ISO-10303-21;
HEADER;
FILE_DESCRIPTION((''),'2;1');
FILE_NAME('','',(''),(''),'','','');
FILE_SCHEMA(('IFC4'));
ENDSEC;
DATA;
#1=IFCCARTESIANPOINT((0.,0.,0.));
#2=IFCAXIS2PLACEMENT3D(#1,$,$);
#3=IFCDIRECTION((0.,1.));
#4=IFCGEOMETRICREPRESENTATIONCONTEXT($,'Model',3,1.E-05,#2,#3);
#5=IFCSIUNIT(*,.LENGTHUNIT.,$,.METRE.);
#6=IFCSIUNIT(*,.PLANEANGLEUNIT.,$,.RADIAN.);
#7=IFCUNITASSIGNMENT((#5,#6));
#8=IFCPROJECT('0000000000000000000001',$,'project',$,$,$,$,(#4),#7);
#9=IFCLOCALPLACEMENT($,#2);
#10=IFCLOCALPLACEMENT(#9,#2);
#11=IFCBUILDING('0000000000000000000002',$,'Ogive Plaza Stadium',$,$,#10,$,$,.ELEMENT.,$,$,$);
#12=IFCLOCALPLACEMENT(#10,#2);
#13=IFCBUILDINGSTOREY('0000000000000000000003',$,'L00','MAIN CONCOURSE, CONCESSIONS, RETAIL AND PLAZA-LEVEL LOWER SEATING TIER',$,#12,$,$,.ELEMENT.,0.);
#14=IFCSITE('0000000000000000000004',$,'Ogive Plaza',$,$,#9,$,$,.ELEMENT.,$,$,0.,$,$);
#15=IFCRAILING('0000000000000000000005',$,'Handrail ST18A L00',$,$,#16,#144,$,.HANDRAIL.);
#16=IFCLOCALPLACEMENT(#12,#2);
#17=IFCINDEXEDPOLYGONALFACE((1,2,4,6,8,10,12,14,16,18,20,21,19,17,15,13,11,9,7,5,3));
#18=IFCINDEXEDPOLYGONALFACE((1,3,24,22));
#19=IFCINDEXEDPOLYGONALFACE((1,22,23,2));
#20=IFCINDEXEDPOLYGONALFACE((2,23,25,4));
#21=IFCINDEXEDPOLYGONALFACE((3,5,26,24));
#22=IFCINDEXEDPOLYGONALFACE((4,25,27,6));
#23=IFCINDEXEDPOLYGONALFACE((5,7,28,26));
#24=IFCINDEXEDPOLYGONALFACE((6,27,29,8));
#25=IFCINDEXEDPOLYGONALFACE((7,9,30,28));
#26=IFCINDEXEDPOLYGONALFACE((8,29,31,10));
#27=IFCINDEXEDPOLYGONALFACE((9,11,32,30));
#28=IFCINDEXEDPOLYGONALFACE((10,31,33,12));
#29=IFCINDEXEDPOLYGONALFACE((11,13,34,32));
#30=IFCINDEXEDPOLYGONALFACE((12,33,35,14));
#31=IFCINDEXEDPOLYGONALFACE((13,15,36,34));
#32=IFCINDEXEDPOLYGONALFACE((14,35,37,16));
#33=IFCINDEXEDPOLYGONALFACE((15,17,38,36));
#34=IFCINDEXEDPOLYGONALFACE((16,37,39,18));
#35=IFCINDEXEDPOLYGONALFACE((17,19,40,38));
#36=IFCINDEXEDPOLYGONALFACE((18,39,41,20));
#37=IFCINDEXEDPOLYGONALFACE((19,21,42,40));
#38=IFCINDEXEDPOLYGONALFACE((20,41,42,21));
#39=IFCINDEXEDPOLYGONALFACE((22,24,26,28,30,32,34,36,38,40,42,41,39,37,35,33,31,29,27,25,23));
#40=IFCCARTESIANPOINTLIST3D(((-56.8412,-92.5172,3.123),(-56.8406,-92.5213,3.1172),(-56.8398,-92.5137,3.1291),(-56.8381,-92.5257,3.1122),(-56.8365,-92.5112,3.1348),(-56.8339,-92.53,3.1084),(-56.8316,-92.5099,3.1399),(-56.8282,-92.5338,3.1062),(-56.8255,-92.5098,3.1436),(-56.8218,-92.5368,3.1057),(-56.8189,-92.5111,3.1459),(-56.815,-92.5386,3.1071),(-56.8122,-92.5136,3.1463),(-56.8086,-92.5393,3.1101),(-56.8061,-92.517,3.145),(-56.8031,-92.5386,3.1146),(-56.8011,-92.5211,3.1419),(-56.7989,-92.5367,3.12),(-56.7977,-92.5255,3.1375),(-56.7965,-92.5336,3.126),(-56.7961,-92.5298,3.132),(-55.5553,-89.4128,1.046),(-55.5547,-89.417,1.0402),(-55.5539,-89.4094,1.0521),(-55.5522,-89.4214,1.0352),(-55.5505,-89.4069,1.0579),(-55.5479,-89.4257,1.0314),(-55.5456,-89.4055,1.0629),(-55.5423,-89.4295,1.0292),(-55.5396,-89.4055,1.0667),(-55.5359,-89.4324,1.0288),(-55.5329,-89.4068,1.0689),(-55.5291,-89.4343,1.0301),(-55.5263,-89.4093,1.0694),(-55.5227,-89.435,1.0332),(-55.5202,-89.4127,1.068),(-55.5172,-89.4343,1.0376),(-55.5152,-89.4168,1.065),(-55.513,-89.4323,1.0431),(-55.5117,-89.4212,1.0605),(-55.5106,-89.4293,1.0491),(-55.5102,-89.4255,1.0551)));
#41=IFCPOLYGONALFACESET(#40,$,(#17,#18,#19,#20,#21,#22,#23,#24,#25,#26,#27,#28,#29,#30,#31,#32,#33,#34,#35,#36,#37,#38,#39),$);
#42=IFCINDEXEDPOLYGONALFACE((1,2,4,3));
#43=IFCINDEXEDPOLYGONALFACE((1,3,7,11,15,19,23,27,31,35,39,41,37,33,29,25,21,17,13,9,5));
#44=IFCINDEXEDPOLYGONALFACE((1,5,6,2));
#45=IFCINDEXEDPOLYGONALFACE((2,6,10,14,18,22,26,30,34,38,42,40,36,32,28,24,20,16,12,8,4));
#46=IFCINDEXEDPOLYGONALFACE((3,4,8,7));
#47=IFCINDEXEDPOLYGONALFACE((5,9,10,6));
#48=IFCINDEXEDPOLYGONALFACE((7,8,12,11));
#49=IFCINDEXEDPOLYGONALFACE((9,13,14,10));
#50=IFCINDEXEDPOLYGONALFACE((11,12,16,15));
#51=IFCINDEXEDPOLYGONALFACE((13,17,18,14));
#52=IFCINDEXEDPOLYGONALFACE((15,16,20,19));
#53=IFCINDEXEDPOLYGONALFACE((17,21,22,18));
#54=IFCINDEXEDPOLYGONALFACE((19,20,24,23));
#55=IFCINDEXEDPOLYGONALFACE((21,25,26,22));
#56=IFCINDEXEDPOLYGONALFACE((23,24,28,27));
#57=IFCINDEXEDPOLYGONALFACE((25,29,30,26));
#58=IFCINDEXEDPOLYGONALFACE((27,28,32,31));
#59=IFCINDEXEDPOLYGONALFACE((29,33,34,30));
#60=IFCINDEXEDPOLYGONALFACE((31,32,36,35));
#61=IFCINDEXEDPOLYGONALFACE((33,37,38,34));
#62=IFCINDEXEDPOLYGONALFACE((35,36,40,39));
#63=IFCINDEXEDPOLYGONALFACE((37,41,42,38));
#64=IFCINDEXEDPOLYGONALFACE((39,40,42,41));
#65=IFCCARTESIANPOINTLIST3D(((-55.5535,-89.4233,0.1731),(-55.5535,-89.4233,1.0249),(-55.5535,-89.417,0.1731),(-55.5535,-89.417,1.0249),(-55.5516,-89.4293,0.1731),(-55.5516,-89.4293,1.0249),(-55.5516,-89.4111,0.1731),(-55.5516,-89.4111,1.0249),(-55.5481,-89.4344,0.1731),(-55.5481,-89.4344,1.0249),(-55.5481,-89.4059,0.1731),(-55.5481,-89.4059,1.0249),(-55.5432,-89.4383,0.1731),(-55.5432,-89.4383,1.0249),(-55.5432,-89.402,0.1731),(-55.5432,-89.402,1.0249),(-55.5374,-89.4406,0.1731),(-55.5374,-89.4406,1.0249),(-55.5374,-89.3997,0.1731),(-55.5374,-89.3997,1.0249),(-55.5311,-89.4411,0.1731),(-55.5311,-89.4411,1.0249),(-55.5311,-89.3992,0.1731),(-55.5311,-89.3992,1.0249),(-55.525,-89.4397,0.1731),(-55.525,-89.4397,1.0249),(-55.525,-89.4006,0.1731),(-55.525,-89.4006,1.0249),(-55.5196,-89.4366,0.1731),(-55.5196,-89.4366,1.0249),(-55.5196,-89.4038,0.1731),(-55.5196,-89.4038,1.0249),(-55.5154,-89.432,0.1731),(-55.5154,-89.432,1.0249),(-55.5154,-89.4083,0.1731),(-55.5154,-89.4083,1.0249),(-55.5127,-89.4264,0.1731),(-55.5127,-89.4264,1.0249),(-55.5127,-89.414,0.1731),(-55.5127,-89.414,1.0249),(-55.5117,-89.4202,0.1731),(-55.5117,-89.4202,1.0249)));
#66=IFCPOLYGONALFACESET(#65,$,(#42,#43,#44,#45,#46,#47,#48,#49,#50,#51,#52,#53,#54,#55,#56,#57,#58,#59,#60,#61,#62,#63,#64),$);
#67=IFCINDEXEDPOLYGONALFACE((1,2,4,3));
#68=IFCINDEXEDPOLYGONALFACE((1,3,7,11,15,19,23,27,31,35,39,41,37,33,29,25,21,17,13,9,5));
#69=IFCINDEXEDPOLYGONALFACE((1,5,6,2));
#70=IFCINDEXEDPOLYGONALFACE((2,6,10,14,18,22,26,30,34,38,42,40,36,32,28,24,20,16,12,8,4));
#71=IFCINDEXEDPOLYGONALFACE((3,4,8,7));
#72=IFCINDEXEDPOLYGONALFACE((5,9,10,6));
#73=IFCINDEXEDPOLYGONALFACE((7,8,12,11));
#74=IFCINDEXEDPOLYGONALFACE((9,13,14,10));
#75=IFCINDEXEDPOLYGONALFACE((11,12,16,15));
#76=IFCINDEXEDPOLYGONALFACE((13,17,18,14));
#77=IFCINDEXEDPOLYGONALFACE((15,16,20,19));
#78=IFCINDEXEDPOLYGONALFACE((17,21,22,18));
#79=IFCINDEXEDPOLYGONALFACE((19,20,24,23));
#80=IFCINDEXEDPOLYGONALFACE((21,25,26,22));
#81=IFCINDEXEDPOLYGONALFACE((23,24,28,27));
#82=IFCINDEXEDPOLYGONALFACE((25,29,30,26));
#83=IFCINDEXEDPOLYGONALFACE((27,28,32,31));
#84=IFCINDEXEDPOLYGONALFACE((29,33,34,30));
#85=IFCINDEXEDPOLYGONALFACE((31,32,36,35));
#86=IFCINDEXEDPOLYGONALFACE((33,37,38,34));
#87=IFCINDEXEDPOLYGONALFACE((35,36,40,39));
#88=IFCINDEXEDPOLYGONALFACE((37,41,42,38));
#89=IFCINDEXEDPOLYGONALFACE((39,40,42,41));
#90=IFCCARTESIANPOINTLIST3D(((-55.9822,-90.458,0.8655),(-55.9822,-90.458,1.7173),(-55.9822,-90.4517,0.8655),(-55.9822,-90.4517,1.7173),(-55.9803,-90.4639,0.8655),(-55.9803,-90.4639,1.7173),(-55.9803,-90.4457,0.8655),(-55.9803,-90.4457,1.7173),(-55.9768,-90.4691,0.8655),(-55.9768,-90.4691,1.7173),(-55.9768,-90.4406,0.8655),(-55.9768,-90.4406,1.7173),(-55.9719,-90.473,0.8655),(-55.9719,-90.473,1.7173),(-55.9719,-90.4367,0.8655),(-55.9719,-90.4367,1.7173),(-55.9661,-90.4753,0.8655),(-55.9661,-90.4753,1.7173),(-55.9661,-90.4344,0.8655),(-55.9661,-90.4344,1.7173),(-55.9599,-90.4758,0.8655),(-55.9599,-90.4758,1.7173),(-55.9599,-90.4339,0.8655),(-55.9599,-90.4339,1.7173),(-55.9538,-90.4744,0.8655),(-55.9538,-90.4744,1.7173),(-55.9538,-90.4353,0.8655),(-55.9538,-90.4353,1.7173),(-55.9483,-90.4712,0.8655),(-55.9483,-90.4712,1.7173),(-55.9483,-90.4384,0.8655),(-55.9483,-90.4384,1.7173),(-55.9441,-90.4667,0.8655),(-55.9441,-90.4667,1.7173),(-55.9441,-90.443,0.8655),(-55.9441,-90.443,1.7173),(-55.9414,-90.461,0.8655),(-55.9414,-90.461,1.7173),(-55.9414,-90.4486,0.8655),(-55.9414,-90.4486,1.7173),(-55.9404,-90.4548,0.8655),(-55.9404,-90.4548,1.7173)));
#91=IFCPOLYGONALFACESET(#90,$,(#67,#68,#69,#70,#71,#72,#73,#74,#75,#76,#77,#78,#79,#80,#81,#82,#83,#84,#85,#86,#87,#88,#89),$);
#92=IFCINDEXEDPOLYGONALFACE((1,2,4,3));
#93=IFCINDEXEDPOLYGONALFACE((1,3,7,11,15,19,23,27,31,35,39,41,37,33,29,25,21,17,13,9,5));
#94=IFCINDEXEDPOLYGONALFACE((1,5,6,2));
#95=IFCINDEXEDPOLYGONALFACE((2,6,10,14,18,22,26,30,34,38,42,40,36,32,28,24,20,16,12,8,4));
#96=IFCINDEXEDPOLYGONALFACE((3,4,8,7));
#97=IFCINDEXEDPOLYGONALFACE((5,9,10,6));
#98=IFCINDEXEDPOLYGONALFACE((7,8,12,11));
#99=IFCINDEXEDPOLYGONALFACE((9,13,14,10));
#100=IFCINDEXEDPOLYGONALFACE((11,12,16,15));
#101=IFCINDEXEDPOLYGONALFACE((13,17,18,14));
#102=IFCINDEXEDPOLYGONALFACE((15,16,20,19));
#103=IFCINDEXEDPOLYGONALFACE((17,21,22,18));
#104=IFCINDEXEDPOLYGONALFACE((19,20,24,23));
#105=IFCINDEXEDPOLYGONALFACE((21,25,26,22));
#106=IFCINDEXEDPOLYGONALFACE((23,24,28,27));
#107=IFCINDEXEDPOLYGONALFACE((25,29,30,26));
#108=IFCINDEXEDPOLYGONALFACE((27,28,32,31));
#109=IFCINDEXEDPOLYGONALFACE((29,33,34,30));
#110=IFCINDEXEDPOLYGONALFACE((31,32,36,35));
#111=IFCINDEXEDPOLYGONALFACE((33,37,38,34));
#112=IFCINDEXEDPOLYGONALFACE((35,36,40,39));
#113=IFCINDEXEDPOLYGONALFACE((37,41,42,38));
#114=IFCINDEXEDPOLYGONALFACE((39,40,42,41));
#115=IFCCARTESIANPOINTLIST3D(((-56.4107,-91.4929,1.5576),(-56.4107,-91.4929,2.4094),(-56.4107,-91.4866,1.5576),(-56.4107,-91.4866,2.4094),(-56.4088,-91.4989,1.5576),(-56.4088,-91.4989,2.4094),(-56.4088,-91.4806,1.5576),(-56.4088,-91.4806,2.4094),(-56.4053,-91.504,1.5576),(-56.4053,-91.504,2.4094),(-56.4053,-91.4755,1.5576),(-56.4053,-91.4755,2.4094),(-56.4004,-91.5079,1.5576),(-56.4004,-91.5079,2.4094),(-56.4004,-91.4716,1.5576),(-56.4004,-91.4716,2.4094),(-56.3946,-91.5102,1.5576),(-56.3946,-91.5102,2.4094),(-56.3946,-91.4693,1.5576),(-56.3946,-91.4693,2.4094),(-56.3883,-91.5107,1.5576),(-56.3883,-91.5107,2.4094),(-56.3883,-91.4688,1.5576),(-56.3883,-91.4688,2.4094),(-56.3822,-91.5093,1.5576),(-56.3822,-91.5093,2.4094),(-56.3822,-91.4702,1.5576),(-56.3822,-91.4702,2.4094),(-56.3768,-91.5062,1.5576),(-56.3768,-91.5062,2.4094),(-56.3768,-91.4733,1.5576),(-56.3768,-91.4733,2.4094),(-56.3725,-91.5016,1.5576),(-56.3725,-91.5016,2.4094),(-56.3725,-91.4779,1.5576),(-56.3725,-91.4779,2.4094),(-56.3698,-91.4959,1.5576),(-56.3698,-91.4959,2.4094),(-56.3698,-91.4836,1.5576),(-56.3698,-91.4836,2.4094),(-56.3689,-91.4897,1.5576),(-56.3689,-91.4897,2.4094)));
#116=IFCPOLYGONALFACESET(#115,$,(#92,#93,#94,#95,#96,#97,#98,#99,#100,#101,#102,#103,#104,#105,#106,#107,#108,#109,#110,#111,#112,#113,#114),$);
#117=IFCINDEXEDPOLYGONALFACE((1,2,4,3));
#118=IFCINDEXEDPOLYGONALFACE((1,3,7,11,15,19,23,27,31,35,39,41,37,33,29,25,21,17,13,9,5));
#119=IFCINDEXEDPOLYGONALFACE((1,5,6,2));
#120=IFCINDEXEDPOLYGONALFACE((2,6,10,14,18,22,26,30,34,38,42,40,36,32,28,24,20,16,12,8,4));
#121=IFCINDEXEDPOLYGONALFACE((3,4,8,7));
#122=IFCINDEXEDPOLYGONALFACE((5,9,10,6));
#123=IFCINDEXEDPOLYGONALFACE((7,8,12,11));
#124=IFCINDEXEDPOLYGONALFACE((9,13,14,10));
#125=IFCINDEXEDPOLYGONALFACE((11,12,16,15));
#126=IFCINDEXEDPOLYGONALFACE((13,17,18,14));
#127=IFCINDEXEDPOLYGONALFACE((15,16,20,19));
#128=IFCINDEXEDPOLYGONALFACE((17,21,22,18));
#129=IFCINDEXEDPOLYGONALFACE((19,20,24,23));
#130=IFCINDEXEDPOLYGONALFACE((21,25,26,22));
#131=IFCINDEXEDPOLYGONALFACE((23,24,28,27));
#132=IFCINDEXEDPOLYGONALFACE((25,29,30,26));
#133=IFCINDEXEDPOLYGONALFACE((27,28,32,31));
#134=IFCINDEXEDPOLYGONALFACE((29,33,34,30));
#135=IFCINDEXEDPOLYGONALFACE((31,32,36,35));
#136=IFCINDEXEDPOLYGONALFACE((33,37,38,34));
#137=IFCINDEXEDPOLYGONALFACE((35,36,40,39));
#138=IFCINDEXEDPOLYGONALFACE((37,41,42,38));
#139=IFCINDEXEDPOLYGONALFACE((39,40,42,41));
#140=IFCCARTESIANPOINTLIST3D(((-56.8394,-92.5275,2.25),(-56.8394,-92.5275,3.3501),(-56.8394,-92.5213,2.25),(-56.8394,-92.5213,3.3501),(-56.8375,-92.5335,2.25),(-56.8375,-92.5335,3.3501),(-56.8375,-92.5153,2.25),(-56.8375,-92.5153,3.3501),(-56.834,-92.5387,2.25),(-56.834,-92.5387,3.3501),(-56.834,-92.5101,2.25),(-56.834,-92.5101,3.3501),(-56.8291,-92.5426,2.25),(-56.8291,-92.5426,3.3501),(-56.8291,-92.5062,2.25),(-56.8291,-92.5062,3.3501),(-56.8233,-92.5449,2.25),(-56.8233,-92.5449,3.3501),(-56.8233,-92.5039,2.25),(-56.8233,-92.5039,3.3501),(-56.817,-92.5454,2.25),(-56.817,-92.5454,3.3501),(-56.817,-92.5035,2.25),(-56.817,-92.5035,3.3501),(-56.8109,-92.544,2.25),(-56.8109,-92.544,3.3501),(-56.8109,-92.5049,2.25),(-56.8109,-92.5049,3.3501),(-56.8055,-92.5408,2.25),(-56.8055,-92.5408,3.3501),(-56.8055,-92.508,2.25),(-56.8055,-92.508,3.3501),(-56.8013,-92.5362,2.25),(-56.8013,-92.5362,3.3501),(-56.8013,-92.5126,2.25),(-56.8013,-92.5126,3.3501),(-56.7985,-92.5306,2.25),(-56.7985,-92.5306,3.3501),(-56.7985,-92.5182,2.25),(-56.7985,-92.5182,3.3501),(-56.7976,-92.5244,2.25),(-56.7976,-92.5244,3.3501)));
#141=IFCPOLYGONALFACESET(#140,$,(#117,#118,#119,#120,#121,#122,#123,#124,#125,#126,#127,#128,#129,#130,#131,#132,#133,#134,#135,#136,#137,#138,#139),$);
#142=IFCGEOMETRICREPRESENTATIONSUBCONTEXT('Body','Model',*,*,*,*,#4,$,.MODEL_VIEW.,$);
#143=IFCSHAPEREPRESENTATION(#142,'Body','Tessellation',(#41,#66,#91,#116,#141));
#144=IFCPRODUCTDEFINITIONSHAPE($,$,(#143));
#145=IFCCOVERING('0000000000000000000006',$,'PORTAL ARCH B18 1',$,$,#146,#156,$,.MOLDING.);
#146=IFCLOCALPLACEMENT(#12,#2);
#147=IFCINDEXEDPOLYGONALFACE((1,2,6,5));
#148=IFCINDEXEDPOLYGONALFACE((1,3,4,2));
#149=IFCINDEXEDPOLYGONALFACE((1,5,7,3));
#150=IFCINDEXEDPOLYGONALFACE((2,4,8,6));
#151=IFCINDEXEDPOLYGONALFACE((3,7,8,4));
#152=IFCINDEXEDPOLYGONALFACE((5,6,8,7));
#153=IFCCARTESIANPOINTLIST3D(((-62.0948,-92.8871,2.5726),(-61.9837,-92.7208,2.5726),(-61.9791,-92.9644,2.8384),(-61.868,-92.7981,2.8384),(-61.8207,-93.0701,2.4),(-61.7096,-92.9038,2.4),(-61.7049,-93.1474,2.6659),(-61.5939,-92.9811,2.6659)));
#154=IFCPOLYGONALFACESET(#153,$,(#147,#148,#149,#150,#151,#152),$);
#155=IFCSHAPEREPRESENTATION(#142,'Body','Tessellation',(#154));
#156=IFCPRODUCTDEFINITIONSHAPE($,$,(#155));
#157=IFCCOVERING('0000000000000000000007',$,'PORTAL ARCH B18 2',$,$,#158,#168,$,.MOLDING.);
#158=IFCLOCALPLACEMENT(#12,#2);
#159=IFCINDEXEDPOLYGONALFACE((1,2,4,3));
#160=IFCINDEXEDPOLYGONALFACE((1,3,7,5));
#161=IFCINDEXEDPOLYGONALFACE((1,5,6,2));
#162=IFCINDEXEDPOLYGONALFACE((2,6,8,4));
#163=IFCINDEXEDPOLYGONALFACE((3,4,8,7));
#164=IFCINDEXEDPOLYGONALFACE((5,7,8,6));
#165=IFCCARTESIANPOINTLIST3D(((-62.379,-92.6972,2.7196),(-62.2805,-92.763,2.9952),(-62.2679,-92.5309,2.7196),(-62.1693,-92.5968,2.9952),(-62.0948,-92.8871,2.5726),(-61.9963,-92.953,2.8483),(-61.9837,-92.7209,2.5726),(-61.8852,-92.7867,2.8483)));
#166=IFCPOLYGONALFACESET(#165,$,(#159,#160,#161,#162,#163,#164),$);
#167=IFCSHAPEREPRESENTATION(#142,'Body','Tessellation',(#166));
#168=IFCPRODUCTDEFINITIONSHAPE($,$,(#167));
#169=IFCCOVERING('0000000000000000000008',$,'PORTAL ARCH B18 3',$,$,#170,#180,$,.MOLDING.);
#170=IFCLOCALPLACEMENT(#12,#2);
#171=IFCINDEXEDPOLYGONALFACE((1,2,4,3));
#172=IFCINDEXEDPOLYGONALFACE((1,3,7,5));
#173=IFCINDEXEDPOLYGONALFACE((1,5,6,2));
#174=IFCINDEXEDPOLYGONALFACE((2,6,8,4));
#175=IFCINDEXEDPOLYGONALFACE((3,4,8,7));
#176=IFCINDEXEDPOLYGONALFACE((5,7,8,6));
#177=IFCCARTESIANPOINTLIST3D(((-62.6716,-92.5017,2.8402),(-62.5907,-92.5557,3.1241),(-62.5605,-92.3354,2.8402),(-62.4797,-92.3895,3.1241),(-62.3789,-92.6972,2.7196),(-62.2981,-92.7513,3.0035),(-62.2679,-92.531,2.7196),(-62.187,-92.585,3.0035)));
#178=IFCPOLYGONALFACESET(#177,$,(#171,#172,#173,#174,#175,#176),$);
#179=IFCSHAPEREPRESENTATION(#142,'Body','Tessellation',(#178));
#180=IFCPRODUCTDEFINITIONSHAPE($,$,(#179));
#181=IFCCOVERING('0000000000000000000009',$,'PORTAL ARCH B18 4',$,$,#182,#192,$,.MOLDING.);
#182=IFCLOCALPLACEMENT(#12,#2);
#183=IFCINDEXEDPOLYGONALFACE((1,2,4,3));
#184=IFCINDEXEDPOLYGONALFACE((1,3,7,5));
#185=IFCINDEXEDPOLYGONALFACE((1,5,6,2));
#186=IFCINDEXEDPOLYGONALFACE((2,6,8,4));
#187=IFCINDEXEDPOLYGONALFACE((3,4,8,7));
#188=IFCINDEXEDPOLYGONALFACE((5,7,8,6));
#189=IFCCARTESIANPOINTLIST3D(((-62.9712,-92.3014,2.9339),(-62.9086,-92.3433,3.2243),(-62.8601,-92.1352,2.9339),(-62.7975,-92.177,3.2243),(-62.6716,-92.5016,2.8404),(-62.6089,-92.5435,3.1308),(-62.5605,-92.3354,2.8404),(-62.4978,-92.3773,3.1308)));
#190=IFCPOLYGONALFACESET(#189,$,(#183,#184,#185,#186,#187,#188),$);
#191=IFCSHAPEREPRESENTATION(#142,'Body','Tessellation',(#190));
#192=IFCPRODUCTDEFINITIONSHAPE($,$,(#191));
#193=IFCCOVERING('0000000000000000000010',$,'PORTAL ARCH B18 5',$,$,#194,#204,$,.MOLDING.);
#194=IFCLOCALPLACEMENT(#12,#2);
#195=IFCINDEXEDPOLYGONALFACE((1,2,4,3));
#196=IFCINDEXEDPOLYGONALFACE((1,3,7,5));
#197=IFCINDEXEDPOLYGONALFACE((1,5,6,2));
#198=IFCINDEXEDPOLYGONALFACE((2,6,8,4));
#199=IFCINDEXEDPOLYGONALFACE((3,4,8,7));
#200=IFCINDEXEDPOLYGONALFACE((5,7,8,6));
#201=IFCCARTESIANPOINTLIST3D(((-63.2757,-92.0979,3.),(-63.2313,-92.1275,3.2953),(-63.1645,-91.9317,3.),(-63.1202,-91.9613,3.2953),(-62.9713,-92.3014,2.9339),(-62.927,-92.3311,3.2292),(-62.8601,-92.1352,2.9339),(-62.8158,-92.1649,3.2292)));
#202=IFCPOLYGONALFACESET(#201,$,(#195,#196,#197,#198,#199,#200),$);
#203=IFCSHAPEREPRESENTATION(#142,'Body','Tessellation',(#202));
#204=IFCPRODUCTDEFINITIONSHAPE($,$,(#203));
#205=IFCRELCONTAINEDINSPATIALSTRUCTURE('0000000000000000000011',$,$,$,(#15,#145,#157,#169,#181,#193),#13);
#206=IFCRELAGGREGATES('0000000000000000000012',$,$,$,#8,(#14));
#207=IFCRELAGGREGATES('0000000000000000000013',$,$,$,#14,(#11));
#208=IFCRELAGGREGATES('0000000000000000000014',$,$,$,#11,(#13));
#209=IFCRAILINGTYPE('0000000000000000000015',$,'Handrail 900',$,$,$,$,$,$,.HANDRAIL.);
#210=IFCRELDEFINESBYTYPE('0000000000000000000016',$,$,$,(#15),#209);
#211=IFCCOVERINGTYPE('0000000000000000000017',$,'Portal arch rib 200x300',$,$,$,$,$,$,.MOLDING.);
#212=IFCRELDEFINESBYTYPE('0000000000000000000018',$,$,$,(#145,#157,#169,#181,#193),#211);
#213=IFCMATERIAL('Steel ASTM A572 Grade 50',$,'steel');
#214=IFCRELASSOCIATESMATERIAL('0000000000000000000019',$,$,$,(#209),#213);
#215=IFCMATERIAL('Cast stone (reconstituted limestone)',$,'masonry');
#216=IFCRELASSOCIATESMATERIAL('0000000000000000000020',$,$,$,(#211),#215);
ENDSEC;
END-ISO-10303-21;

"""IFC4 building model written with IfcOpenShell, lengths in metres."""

from ifc_helpers import new_model, si_unit, direction, frame, origin, origin_2d, place, context, subcontext, project, spatial, rectangle, circle, extrude, material, material_profile, profile_set, type_object, element, save


model = new_model("IFC4")

# Units and contexts
model_context = context("Model", 3, precision=1e-05, world=origin(), true_north=direction((0.0, 1.0)))
body_context = subcontext(model_context, "Body", "Model", "MODEL_VIEW")
ifc_project = project(units=[si_unit("LENGTHUNIT", "METRE"), si_unit("PLANEANGLEUNIT", "RADIAN")], contexts=[model_context])

# Site, building, storey
site_placement = place(None, origin())
site = spatial("IfcSite", under=ifc_project, at=site_placement, Name="Ogive Plaza", CompositionType="ELEMENT", RefElevation=0.0)
building_placement = place(site_placement, origin())
building = spatial("IfcBuilding", under=site, at=building_placement, Name="Ogive Plaza Stadium", CompositionType="ELEMENT")
storey_placement = place(building_placement, origin())
storey = spatial("IfcBuildingStorey", under=building, at=storey_placement, Name="L00", Description="MAIN CONCOURSE, CONCESSIONS, RETAIL AND PLAZA-LEVEL LOWER SEATING TIER", CompositionType="ELEMENT", Elevation=0.0)

# Railing
ifc_material_1 = material(Name="Steel ASTM A572 Grade 50", Category="steel")
railing_type = type_object("IfcRailingType", Name="Handrail 900", PredefinedType="HANDRAIL", material=ifc_material_1)
railing_placement = place(storey_placement, frame((-55.5327, -89.4202, 0.1731)))
element("IfcRailing", 1, at=railing_placement, inside=storey, type_object=railing_type, Name="Handrail ST18A L00", PredefinedType="HANDRAIL", context=body_context, shape_type="SweptSolid", body=[
    extrude(circle(Radius=0.0239, at=origin_2d()), frame((0.0, 0.0, 0.876), z_axis=(-0.325532, -0.785863, 0.525783), x_axis=(0.923872, -0.3827, 0.0)), (0.0, 0.0, 1.0), 3.9502),
    extrude(circle(Radius=0.021, at=origin_2d()), origin(), (0.0, 0.0, 1.0), 0.8518),
    extrude(circle(Radius=0.021, at=origin_2d()), frame((-0.4287, -1.0347, 0.6924)), (0.0, 0.0, 1.0), 0.8518),
    extrude(circle(Radius=0.021, at=origin_2d()), frame((-0.8572, -2.0696, 1.3845)), (0.0, 0.0, 1.0), 0.8518),
    extrude(circle(Radius=0.021, at=origin_2d()), frame((-1.2859, -3.1042, 2.0769)), (0.0, 0.0, 1.0), 1.1001),
])

# Coverings
ifc_material_2 = material(Name="Cast stone (reconstituted limestone)", Category="masonry")
ifc_material_profile_1 = material_profile(ifc_material_2, rectangle(XDim=0.2, YDim=0.3, at=origin_2d()), Name="Cast stone 200x300")
ifc_profile_set_1 = profile_set([ifc_material_profile_1], Name="Cast stone (reconstituted limestone)")
covering_type = type_object("IfcCoveringType", Name="Portal arch rib 200x300", PredefinedType="MOLDING", material=ifc_profile_set_1)
for number, where, z_axis, x_axis, name in (
    (2, (-61.7073, -93.0256, 2.533), (-0.736734, 0.49203, 0.463821), (-0.555384, -0.831594, 0.0), "PORTAL ARCH B18 1"),
    (3, (-61.99, -92.8369, 2.7104), (-0.763778, 0.510498, 0.395012), (-0.555689, -0.83139, 0.0), "PORTAL ARCH B18 2"),
    (4, (-62.283, -92.6411, 2.8616), (-0.786633, 0.525516, 0.324101), (-0.5555, -0.831516, 0.0), "PORTAL ARCH B18 3"),
):
    element("IfcCovering", number, at=place(storey_placement, frame(where, z_axis=z_axis, x_axis=x_axis)), inside=storey, type_object=covering_type, Name=name, PredefinedType="MOLDING", context=body_context, shape_type="SweptSolid", body=[
        extrude(rectangle(XDim=0.2, YDim=0.3, at=origin_2d()), origin(), (0.0, 0.0, 1.0), 0.3721),
    ])
covering_1_placement = place(storey_placement, frame((-62.5847, -92.4395, 2.9856), z_axis=(-0.804764, 0.537821, 0.251202), x_axis=(-0.555638, -0.831424, 0.0)))
element("IfcCovering", 5, at=covering_1_placement, inside=storey, type_object=covering_type, Name="PORTAL ARCH B18 4", PredefinedType="MOLDING", context=body_context, shape_type="SweptSolid", body=[
    extrude(rectangle(XDim=0.2, YDim=0.3, at=origin_2d()), origin(), (0.0, 0.0, 1.0), 0.3723),
])
covering_2_placement = place(storey_placement, frame((-62.8936, -92.2332, 3.0815), z_axis=(-0.81799, 0.547076, 0.177767), x_axis=(-0.55593, -0.831229, 0.0)))
element("IfcCovering", 6, at=covering_2_placement, inside=storey, type_object=covering_type, Name="PORTAL ARCH B18 5", PredefinedType="MOLDING", context=body_context, shape_type="SweptSolid", body=[
    extrude(rectangle(XDim=0.2, YDim=0.3, at=origin_2d()), origin(), (0.0, 0.0, 1.0), 0.3721),
])

save(model, "model.ifc")
